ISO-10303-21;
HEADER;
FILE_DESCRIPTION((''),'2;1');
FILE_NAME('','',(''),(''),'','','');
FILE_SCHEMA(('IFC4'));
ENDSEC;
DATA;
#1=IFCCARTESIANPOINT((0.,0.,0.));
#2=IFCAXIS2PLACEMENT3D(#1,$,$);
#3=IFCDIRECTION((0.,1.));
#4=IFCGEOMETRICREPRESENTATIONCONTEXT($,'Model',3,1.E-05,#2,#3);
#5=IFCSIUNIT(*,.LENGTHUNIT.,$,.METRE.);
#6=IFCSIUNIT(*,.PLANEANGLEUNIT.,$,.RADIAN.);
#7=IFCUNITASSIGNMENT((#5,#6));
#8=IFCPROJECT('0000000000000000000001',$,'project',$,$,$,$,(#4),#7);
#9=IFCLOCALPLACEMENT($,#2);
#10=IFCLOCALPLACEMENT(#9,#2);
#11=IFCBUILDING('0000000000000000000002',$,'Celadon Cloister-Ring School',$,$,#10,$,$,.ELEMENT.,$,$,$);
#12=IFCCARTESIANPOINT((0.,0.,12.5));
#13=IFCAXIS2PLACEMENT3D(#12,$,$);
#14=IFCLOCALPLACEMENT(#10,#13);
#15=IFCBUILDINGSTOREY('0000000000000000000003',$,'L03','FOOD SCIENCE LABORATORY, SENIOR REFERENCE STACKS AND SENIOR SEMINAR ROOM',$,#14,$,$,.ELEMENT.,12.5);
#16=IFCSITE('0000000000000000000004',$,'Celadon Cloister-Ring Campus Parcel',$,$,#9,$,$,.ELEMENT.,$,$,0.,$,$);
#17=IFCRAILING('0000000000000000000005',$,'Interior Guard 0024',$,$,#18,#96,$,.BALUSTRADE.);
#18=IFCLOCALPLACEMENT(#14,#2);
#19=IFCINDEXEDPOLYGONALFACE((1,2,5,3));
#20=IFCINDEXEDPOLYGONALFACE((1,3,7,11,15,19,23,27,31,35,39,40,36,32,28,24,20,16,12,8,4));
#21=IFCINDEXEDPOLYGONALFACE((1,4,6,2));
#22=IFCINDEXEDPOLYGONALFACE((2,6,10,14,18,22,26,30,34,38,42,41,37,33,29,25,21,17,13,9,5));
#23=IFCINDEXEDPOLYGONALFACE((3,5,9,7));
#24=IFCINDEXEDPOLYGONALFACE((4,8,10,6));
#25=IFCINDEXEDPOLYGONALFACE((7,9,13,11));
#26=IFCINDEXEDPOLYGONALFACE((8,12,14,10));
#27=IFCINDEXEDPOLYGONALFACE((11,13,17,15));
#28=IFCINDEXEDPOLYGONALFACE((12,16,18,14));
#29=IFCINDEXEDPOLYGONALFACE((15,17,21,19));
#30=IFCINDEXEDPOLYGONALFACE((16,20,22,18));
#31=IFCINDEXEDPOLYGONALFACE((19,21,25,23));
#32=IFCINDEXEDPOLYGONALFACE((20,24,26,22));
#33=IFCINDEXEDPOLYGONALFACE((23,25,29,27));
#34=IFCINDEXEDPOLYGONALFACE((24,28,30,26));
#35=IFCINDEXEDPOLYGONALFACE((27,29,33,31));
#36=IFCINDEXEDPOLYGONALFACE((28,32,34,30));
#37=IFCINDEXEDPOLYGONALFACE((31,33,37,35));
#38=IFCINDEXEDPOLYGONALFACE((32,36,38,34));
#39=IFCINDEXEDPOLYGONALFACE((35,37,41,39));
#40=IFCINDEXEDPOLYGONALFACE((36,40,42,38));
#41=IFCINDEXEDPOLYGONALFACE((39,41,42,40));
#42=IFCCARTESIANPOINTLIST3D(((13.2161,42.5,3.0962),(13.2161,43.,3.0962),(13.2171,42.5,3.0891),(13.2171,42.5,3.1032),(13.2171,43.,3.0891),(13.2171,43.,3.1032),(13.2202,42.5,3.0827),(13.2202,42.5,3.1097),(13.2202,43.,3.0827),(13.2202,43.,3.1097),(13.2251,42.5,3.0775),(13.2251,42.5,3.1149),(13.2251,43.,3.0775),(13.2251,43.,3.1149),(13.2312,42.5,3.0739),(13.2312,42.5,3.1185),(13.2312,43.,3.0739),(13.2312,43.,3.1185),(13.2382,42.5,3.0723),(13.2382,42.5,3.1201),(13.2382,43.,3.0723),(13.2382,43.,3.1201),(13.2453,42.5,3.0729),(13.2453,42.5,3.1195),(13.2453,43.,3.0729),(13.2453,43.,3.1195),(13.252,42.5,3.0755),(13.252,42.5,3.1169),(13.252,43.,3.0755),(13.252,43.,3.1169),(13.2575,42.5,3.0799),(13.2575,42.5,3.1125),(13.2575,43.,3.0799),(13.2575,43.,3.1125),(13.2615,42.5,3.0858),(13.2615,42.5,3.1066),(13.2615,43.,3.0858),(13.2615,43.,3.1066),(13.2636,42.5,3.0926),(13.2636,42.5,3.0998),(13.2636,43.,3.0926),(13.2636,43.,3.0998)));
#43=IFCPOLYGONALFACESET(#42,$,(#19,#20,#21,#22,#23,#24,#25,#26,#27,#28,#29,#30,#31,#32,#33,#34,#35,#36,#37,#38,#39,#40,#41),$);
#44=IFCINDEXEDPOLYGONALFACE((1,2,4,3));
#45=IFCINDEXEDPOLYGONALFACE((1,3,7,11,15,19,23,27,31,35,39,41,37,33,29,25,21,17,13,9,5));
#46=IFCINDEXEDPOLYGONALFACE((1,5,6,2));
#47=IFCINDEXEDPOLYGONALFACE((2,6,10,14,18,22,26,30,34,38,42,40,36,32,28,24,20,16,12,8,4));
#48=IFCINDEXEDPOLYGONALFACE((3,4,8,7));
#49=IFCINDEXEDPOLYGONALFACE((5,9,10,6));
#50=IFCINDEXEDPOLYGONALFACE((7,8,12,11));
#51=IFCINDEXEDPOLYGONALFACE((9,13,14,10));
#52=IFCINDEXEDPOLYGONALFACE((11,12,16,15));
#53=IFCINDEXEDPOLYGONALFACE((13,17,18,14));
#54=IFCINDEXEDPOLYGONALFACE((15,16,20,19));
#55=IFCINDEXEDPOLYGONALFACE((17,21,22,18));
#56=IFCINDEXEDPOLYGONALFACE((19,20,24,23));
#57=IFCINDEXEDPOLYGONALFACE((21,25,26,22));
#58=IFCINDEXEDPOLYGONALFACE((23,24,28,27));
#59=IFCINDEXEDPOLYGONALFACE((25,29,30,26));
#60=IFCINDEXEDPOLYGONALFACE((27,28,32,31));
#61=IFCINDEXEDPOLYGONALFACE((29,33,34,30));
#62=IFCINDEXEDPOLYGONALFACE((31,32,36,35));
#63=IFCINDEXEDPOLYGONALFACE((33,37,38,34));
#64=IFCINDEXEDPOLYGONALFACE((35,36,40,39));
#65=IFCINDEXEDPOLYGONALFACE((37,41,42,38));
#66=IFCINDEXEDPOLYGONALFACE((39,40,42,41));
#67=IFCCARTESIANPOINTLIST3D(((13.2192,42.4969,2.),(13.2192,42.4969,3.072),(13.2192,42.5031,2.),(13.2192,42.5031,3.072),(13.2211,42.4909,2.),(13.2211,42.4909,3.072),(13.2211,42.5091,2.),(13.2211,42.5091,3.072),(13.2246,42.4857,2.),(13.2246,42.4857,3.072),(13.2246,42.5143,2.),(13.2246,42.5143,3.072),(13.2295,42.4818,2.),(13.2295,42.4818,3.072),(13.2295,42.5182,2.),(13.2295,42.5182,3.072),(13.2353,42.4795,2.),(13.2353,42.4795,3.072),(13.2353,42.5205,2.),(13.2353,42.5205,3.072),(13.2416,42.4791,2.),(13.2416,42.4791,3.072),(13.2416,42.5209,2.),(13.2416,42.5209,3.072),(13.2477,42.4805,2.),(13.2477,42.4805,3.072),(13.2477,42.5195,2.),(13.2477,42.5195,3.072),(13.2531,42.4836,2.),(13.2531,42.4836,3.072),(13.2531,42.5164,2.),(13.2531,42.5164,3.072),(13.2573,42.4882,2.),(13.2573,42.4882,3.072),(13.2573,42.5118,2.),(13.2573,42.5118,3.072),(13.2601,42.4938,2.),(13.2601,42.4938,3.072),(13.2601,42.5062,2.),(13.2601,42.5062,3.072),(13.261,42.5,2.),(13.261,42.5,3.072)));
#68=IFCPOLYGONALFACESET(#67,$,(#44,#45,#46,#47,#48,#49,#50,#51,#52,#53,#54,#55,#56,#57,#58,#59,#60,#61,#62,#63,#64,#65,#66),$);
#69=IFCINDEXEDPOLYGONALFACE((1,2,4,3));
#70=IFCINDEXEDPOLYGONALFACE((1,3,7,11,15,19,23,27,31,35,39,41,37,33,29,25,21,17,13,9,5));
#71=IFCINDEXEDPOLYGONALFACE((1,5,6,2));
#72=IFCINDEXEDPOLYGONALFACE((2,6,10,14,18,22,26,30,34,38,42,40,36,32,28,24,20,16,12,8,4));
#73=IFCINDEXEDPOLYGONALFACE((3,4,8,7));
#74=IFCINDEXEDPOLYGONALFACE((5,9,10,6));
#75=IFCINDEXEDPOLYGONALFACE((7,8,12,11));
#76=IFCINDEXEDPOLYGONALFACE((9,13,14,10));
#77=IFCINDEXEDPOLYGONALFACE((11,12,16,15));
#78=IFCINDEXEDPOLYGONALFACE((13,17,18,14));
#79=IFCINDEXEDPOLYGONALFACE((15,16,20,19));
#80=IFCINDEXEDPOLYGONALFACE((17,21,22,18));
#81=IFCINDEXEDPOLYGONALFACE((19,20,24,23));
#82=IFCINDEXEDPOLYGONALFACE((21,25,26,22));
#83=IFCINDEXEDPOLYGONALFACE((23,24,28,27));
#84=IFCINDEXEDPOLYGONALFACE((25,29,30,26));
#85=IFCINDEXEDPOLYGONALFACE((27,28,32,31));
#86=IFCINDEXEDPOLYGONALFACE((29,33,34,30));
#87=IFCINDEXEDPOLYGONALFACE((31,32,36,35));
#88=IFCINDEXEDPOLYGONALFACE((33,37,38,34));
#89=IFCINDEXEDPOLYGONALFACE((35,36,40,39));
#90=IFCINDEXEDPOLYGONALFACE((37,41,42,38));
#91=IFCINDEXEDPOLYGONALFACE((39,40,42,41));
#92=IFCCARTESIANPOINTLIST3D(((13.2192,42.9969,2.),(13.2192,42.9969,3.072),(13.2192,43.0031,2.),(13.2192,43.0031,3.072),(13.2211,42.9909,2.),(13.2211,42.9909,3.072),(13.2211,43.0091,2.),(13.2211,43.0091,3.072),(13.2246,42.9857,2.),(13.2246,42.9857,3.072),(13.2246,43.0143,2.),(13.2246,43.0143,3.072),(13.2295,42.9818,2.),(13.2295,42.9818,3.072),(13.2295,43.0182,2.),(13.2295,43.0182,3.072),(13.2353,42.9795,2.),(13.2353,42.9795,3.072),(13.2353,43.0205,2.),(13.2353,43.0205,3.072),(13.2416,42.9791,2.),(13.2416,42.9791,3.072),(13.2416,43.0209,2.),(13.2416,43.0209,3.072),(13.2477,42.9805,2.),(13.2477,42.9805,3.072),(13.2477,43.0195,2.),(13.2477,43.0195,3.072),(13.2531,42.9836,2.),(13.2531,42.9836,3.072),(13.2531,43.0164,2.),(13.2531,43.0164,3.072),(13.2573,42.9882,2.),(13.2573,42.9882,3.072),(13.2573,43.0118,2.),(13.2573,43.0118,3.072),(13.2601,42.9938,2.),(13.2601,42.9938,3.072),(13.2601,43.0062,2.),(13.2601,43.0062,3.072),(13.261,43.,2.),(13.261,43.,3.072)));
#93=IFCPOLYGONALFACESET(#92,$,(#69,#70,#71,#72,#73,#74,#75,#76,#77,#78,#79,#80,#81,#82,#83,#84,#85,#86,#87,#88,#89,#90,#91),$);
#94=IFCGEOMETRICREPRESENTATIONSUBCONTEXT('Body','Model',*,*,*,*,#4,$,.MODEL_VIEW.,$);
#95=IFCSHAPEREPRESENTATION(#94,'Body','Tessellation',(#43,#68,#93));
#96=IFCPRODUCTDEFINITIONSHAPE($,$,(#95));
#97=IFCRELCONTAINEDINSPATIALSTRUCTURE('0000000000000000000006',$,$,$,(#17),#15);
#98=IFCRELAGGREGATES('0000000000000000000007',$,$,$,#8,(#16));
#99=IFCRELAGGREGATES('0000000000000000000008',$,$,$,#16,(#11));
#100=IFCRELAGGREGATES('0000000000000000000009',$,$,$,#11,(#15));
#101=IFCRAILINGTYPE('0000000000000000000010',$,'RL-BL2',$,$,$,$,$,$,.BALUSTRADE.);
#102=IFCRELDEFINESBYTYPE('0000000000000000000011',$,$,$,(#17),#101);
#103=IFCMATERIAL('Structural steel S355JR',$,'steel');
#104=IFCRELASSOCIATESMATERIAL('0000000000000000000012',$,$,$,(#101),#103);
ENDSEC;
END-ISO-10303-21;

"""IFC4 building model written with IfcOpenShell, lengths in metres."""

from ifc_helpers import new_model, si_unit, direction, frame, origin, origin_2d, place, context, subcontext, project, spatial, circle, extrude, material, type_object, element, save


model = new_model("IFC4")

# Units and contexts
model_context = context("Model", 3, precision=1e-05, world=origin(), true_north=direction((0.0, 1.0)))
body_context = subcontext(model_context, "Body", "Model", "MODEL_VIEW")
ifc_project = project(units=[si_unit("LENGTHUNIT", "METRE"), si_unit("PLANEANGLEUNIT", "RADIAN")], contexts=[model_context])

# Site, building, storey
site_placement = place(None, origin())
site = spatial("IfcSite", under=ifc_project, at=site_placement, Name="Celadon Cloister-Ring Campus Parcel", CompositionType="ELEMENT", RefElevation=0.0)
building_placement = place(site_placement, origin())
building = spatial("IfcBuilding", under=site, at=building_placement, Name="Celadon Cloister-Ring School", CompositionType="ELEMENT")
storey_placement = place(building_placement, frame((0.0, 0.0, 12.5)))
storey = spatial("IfcBuildingStorey", under=building, at=storey_placement, Name="L03", Description="FOOD SCIENCE LABORATORY, SENIOR REFERENCE STACKS AND SENIOR SEMINAR ROOM", CompositionType="ELEMENT", Elevation=12.5)

# Railing
ifc_material_1 = material(Name="Structural steel S355JR", Category="steel")
railing_type_1 = type_object("IfcRailingType", Name="RL-BL2", PredefinedType="BALUSTRADE", material=ifc_material_1)
railing_1_placement = place(storey_placement, frame((13.24, 42.5, 2.0)))
element("IfcRailing", 1, at=railing_1_placement, inside=storey, type_object=railing_type_1, Name="Interior Guard 0024", PredefinedType="BALUSTRADE", context=body_context, shape_type="SweptSolid", body=[
    extrude(circle(Radius=0.0239, at=origin_2d()), frame((0.0, 0.0, 1.0962), z_axis=(0.0, 1.0, 0.0), x_axis=(-1.0, 0.0, 0.0)), (0.0, 0.0, 1.0), 0.5),
    extrude(circle(Radius=0.021, at=origin_2d()), origin(), (0.0, 0.0, 1.0), 1.072),
    extrude(circle(Radius=0.021, at=origin_2d()), frame((0.0, 0.5, 0.0)), (0.0, 0.0, 1.0), 1.072),
])

save(model, "model.ifc")
